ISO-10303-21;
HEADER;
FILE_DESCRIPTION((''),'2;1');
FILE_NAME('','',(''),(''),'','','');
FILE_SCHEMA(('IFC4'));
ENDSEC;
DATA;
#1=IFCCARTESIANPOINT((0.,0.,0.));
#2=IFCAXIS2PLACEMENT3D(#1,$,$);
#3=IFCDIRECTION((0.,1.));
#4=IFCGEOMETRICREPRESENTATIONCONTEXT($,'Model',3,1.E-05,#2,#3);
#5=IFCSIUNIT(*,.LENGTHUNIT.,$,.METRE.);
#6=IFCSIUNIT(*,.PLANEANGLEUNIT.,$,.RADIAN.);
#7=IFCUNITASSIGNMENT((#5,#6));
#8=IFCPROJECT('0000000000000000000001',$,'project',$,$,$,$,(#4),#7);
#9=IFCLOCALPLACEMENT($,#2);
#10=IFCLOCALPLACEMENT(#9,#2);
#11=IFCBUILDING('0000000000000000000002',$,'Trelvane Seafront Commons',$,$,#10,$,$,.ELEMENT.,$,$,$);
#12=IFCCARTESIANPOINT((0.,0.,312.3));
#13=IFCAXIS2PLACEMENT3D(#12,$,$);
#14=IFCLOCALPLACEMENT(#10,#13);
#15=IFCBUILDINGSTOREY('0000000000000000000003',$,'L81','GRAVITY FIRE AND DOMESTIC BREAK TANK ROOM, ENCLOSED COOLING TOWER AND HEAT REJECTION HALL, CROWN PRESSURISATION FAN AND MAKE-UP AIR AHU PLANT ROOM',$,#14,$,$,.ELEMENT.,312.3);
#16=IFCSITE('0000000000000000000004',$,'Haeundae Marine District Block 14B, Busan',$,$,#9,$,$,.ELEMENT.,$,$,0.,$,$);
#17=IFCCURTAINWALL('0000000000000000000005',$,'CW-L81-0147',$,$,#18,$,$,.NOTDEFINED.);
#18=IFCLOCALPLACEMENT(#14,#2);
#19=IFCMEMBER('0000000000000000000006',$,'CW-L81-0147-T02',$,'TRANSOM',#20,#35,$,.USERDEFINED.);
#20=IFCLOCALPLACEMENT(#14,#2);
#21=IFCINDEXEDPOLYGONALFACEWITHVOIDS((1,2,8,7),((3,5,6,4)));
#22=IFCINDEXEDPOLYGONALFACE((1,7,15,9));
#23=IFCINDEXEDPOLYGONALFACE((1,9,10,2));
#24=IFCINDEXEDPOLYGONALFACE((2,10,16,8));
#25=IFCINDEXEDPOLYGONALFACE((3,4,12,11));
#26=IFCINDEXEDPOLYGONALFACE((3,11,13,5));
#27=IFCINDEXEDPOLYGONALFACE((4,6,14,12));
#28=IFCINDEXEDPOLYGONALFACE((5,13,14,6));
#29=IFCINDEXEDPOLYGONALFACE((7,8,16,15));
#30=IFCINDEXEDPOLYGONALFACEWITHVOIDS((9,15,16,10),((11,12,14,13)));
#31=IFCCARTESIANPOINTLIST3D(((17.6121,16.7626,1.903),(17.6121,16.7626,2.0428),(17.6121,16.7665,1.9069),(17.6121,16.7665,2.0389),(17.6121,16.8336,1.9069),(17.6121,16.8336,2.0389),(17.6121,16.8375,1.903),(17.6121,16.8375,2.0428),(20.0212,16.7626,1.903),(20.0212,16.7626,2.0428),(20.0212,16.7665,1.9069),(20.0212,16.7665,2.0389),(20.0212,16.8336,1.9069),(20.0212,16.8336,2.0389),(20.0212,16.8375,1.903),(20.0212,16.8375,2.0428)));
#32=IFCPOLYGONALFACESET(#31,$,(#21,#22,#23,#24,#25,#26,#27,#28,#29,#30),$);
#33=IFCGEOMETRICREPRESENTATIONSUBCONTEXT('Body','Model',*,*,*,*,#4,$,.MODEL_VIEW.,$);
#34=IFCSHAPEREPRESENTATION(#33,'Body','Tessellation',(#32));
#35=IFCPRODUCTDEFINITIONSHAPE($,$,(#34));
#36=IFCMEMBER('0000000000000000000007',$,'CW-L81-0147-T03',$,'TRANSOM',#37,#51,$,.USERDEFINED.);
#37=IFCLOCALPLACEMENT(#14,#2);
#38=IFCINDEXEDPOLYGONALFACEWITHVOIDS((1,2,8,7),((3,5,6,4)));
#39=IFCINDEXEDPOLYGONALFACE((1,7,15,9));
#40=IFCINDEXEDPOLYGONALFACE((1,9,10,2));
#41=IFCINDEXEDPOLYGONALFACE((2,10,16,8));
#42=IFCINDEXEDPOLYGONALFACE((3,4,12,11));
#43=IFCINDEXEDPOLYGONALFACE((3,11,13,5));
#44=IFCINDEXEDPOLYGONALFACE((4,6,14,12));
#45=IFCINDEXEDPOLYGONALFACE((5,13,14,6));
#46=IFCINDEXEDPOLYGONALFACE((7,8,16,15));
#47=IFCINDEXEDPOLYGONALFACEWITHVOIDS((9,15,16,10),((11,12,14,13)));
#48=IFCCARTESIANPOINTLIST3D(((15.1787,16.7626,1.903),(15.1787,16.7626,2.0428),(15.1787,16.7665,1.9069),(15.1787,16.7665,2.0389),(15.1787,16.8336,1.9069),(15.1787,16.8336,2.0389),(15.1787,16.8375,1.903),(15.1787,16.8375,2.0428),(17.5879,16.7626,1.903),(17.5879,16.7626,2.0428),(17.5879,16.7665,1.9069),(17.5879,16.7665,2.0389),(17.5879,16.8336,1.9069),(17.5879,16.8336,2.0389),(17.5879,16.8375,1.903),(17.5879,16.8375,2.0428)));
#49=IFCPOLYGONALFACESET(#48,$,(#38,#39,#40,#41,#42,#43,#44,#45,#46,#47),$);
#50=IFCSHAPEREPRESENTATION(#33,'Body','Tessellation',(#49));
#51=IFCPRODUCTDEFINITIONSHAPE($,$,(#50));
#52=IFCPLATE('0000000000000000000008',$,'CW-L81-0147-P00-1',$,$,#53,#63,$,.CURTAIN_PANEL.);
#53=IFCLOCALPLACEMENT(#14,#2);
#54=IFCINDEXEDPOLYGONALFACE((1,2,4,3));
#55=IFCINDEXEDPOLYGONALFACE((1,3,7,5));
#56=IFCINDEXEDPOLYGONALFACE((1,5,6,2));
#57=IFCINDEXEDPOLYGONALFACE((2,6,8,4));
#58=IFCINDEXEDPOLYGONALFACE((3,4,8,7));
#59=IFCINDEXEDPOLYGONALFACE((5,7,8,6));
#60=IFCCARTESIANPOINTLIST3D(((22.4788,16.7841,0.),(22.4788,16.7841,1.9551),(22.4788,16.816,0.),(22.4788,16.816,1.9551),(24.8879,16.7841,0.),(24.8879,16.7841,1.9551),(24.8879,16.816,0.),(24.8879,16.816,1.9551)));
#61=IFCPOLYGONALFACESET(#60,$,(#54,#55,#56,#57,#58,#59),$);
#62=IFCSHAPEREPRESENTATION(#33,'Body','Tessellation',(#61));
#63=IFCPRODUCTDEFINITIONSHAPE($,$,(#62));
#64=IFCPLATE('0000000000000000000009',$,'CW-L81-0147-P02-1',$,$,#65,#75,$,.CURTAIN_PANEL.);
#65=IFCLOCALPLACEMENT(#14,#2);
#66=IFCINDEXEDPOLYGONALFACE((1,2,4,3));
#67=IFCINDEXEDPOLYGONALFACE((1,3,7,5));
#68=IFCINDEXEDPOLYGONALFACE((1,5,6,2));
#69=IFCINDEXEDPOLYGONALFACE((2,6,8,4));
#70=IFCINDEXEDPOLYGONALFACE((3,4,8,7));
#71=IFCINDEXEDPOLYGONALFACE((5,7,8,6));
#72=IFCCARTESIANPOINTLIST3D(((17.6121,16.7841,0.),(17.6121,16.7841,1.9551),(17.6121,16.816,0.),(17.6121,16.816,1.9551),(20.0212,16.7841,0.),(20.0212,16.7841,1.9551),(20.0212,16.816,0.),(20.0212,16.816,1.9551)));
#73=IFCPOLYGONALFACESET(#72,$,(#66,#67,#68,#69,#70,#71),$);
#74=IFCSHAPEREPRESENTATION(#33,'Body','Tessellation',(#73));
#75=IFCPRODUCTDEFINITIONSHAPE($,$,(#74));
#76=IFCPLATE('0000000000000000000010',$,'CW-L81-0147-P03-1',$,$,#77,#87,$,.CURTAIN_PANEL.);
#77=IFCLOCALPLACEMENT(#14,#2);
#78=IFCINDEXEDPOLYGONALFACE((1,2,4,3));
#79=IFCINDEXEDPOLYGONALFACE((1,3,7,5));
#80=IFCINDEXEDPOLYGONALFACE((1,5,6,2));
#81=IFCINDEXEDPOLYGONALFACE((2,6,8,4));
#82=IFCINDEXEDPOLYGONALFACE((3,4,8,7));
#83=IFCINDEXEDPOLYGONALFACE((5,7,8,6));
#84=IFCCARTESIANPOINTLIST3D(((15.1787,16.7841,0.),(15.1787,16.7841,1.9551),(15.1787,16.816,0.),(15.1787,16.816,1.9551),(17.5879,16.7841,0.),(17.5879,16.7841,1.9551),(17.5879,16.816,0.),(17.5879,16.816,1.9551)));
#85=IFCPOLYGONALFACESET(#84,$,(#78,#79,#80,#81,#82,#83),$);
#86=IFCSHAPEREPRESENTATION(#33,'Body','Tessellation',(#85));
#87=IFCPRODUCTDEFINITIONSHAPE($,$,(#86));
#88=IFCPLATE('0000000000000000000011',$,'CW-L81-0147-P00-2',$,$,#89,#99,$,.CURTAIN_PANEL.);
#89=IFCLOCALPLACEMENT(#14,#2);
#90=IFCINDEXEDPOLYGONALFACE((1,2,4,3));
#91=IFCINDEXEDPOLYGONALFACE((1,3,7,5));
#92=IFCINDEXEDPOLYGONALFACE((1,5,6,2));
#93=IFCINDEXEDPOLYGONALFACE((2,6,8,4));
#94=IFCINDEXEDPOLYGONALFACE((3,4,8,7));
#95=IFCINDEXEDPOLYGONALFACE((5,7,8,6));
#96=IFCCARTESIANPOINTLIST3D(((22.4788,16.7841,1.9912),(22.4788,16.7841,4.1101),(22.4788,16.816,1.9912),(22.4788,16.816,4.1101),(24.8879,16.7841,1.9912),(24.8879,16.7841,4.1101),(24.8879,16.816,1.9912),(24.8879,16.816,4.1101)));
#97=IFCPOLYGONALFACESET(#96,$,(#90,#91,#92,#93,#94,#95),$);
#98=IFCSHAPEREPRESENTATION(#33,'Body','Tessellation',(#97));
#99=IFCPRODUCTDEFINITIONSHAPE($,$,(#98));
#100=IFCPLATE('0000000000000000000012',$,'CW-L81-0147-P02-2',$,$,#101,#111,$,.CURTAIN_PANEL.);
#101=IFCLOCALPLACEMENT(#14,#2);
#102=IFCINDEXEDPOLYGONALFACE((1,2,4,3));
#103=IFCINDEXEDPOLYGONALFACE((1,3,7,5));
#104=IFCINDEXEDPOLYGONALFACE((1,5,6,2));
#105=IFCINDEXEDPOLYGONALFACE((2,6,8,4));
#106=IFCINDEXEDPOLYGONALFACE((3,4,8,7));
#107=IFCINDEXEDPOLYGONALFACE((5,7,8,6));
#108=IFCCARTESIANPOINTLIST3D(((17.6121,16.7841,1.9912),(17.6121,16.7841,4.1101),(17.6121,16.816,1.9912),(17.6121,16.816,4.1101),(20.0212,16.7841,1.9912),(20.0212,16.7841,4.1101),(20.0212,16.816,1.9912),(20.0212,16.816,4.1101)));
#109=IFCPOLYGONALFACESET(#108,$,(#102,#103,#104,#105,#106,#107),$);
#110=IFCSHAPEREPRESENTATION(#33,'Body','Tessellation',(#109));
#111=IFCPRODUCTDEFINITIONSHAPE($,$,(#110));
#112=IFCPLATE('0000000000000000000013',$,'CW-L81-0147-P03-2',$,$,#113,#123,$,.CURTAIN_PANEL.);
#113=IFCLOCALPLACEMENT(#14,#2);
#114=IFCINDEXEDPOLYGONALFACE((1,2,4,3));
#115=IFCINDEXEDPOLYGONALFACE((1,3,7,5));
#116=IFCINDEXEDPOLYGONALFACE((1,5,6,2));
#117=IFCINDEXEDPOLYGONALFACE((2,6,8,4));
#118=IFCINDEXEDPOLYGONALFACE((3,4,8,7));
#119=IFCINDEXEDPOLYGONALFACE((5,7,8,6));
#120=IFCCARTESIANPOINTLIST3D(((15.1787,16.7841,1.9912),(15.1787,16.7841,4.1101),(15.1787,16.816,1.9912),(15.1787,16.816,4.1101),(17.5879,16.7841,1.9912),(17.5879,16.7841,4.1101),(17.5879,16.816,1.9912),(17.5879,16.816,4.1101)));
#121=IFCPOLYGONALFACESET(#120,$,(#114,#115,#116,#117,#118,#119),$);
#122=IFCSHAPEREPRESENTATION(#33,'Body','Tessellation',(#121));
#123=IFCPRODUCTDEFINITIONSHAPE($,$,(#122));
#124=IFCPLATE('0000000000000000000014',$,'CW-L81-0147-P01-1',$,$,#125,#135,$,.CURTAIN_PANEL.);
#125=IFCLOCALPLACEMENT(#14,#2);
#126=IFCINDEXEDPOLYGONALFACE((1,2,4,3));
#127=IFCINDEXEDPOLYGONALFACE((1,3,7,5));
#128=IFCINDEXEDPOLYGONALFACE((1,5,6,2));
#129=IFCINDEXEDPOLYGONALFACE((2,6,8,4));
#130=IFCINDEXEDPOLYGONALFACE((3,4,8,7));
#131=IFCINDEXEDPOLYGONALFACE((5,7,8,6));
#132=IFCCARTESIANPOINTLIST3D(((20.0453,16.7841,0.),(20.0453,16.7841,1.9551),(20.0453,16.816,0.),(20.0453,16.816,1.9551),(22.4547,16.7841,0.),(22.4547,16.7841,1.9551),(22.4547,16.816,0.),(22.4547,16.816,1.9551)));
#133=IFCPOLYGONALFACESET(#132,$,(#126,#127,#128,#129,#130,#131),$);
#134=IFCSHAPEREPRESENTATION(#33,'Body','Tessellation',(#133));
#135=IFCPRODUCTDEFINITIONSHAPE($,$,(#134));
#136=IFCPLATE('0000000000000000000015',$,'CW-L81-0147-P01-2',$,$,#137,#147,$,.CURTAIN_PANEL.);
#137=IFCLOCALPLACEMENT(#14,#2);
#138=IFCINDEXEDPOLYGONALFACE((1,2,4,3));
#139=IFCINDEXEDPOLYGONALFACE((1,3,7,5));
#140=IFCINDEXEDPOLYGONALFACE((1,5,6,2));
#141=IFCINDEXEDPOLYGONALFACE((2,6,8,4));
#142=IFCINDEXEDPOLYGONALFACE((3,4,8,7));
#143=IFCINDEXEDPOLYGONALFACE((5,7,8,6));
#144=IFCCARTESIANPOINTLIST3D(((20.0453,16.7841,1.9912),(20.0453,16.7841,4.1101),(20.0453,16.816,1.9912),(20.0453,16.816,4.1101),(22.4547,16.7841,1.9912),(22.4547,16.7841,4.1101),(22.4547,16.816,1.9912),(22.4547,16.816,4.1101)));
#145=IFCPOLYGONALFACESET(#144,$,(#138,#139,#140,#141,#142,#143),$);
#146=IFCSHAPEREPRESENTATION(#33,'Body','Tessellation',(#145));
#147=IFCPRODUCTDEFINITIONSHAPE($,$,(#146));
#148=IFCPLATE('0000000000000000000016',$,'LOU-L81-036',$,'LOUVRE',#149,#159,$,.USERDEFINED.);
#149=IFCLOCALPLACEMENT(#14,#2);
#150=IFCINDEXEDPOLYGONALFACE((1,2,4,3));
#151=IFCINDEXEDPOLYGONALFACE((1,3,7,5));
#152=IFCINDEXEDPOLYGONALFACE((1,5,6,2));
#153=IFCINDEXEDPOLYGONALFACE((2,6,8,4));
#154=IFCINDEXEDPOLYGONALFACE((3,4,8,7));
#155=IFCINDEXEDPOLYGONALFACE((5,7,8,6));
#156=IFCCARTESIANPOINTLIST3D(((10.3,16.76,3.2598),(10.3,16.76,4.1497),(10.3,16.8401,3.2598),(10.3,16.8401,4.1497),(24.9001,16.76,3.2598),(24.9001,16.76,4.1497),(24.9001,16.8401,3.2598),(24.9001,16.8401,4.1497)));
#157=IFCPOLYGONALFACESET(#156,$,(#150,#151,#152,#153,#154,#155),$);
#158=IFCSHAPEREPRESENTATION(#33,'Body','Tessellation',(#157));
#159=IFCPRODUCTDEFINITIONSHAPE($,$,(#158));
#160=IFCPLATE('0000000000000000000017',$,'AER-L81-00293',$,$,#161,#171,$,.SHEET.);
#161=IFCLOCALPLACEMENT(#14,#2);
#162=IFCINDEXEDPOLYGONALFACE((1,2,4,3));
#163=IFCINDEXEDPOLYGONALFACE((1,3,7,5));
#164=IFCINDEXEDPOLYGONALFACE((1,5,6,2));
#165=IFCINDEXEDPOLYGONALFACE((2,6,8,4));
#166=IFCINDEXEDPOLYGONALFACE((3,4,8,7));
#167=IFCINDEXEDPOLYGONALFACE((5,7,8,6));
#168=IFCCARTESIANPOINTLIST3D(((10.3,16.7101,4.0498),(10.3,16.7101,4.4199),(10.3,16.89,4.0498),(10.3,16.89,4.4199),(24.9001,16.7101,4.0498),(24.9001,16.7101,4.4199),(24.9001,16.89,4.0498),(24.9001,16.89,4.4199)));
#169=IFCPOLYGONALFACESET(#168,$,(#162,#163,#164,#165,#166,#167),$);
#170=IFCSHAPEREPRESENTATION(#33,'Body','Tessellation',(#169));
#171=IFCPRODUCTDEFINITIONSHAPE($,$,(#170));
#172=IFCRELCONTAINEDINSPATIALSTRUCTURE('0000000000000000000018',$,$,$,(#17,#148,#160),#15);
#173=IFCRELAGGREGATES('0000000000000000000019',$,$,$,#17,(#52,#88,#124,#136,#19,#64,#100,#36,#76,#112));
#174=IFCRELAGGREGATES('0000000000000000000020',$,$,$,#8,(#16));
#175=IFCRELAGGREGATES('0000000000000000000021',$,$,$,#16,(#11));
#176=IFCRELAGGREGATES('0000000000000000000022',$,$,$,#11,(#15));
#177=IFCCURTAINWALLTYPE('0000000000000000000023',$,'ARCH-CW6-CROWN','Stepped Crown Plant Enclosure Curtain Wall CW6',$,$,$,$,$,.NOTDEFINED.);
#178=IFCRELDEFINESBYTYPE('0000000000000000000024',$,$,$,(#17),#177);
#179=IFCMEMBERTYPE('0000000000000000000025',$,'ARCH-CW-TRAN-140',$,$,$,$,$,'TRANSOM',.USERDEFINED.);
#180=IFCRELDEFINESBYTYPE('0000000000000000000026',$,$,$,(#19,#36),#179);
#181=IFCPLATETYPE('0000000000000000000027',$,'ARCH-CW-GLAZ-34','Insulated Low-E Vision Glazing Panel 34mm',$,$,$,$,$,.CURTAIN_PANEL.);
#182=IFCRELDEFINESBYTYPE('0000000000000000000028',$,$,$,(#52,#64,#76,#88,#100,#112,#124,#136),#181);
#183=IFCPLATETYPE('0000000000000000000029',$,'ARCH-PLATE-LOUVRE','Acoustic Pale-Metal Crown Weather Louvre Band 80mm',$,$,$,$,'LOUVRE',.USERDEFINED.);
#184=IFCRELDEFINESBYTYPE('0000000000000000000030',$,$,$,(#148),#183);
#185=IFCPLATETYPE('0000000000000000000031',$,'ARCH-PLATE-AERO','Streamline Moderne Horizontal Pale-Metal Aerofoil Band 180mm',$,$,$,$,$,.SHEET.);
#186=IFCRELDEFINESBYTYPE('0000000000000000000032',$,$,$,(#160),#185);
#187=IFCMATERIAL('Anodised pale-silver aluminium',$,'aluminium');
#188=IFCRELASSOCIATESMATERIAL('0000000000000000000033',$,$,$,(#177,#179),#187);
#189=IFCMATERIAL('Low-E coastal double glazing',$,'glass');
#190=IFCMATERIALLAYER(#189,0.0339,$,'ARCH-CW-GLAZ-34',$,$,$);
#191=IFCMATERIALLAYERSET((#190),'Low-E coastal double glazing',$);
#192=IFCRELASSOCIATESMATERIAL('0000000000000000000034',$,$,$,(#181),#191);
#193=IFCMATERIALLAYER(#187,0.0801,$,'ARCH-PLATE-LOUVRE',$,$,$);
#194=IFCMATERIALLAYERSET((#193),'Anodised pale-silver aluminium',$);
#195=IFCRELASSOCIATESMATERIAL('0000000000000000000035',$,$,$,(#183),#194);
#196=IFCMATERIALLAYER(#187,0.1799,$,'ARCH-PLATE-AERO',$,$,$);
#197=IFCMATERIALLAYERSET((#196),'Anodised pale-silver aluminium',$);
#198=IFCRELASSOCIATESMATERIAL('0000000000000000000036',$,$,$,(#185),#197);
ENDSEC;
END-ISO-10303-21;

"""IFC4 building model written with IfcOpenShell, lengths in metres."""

from ifc_helpers import new_model, si_unit, direction, frame, origin, origin_2d, place, context, subcontext, project, spatial, rectangle, hollow_rectangle, extrude, source, transform, mapped, material, layer, layer_set, material_profile, profile_set, type_object, element, aggregate, save


model = new_model("IFC4")

# Units and contexts
model_context = context("Model", 3, precision=1e-05, world=origin(), true_north=direction((0.0, 1.0)))
body_context = subcontext(model_context, "Body", "Model", "MODEL_VIEW")
ifc_project = project(units=[si_unit("LENGTHUNIT", "METRE"), si_unit("PLANEANGLEUNIT", "RADIAN")], contexts=[model_context])

# Site, building, storey
site_placement = place(None, origin())
site = spatial("IfcSite", under=ifc_project, at=site_placement, Name="Haeundae Marine District Block 14B, Busan", CompositionType="ELEMENT", RefElevation=0.0)
building_placement = place(site_placement, origin())
building = spatial("IfcBuilding", under=site, at=building_placement, Name="Trelvane Seafront Commons", CompositionType="ELEMENT")
storey_placement = place(building_placement, frame((0.0, 0.0, 312.3)))
storey = spatial("IfcBuildingStorey", under=building, at=storey_placement, Name="L81", Description="GRAVITY FIRE AND DOMESTIC BREAK TANK ROOM, ENCLOSED COOLING TOWER AND HEAT REJECTION HALL, CROWN PRESSURISATION FAN AND MAKE-UP AIR AHU PLANT ROOM", CompositionType="ELEMENT", Elevation=312.3)

# Curtain wall, members, plates
ifc_material_1 = material(Name="Anodised pale-silver aluminium", Category="aluminium")
curtain_wall_type = type_object("IfcCurtainWallType", Name="ARCH-CW6-CROWN", Description="Stepped Crown Plant Enclosure Curtain Wall CW6", PredefinedType="NOTDEFINED", material=ifc_material_1)
curtain_wall_placement = place(storey_placement, origin())
curtain_wall = element("IfcCurtainWall", 1, at=curtain_wall_placement, inside=storey, type_object=curtain_wall_type, Name="CW-L81-0147", PredefinedType="NOTDEFINED")
ifc_material_profile_1 = material_profile(ifc_material_1, hollow_rectangle(XDim=0.075, YDim=0.1399, WallThickness=0.0039, at=origin_2d()), Name="TRAN-75x140x4")
ifc_profile_set_1 = profile_set([ifc_material_profile_1], Name="Anodised pale-silver aluminium")
member_type_1 = type_object("IfcMemberType", Name="ARCH-CW-TRAN-140", ElementType="TRANSOM", PredefinedType="USERDEFINED", material=ifc_profile_set_1)
shared_shape_1 = source(origin(), body_context, "Body", "SweptSolid", [
    extrude(hollow_rectangle(XDim=0.075, YDim=0.1399, WallThickness=0.0039, at=origin_2d()), origin(), (0.0, 0.0, 1.0), 2.4092),
])
member_1_placement = place(storey_placement, frame((20.0212, 16.8, 1.9729), z_axis=(-1.0, 0.0, 0.0), x_axis=(0.0, -1.0, 0.0)))
member_1 = element("IfcMember", 2, at=member_1_placement, type_object=member_type_1, Name="CW-L81-0147-T02", ObjectType="TRANSOM", PredefinedType="USERDEFINED", context=body_context, shape_type="MappedRepresentation", body=[
    mapped(shared_shape_1, transform((0.0, 0.0, 0.0), x_axis=(1.0, 0.0, 0.0), y_axis=(0.0, 1.0, 0.0), z_axis=(0.0, 0.0, 1.0), scale=1.0)),
])
member_2_placement = place(storey_placement, frame((17.5879, 16.8, 1.9729), z_axis=(-1.0, 0.0, 0.0), x_axis=(0.0, -1.0, 0.0)))
member_2 = element("IfcMember", 3, at=member_2_placement, type_object=member_type_1, Name="CW-L81-0147-T03", ObjectType="TRANSOM", PredefinedType="USERDEFINED", context=body_context, shape_type="MappedRepresentation", body=[
    mapped(shared_shape_1, transform((0.0, 0.0, 0.0), x_axis=(1.0, 0.0, 0.0), y_axis=(0.0, 1.0, 0.0), z_axis=(0.0, 0.0, 1.0), scale=1.0)),
])
ifc_material_2 = material(Name="Low-E coastal double glazing", Category="glass")
ifc_layer_1 = layer(ifc_material_2, 0.0339, Name="ARCH-CW-GLAZ-34")
ifc_layer_set_1 = layer_set([ifc_layer_1], Name="Low-E coastal double glazing")
plate_type_1 = type_object("IfcPlateType", Name="ARCH-CW-GLAZ-34", Description="Insulated Low-E Vision Glazing Panel 34mm", PredefinedType="CURTAIN_PANEL", material=ifc_layer_set_1)
shared_shape_2 = source(origin(), body_context, "Body", "SweptSolid", [
    extrude(rectangle(XDim=2.4092, YDim=0.032, at=origin_2d()), origin(), (0.0, 0.0, 1.0), 1.9551),
])
plate_1_placement = place(storey_placement, frame((23.6833, 16.8, 0.0), z_axis=(0.0, 0.0, 1.0), x_axis=(-1.0, 0.0, 0.0)))
plate_1 = element("IfcPlate", 4, at=plate_1_placement, type_object=plate_type_1, Name="CW-L81-0147-P00-1", PredefinedType="CURTAIN_PANEL", context=body_context, shape_type="MappedRepresentation", body=[
    mapped(shared_shape_2, transform((0.0, 0.0, 0.0), x_axis=(1.0, 0.0, 0.0), y_axis=(0.0, 1.0, 0.0), z_axis=(0.0, 0.0, 1.0), scale=1.0)),
])
plate_2_placement = place(storey_placement, frame((18.8167, 16.8, 0.0), z_axis=(0.0, 0.0, 1.0), x_axis=(-1.0, 0.0, 0.0)))
plate_2 = element("IfcPlate", 5, at=plate_2_placement, type_object=plate_type_1, Name="CW-L81-0147-P02-1", PredefinedType="CURTAIN_PANEL", context=body_context, shape_type="MappedRepresentation", body=[
    mapped(shared_shape_2, transform((0.0, 0.0, 0.0), x_axis=(1.0, 0.0, 0.0), y_axis=(0.0, 1.0, 0.0), z_axis=(0.0, 0.0, 1.0), scale=1.0)),
])
plate_3_placement = place(storey_placement, frame((16.3833, 16.8, 0.0), z_axis=(0.0, 0.0, 1.0), x_axis=(-1.0, 0.0, 0.0)))
plate_3 = element("IfcPlate", 6, at=plate_3_placement, type_object=plate_type_1, Name="CW-L81-0147-P03-1", PredefinedType="CURTAIN_PANEL", context=body_context, shape_type="MappedRepresentation", body=[
    mapped(shared_shape_2, transform((0.0, 0.0, 0.0), x_axis=(1.0, 0.0, 0.0), y_axis=(0.0, 1.0, 0.0), z_axis=(0.0, 0.0, 1.0), scale=1.0)),
])
shared_shape_3 = source(origin(), body_context, "Body", "SweptSolid", [
    extrude(rectangle(XDim=2.4092, YDim=0.032, at=origin_2d()), origin(), (0.0, 0.0, 1.0), 2.1189),
])
plate_4_placement = place(storey_placement, frame((23.6833, 16.8, 1.9912), z_axis=(0.0, 0.0, 1.0), x_axis=(-1.0, 0.0, 0.0)))
plate_4 = element("IfcPlate", 7, at=plate_4_placement, type_object=plate_type_1, Name="CW-L81-0147-P00-2", PredefinedType="CURTAIN_PANEL", context=body_context, shape_type="MappedRepresentation", body=[
    mapped(shared_shape_3, transform((0.0, 0.0, 0.0), x_axis=(1.0, 0.0, 0.0), y_axis=(0.0, 1.0, 0.0), z_axis=(0.0, 0.0, 1.0), scale=1.0)),
])
plate_5_placement = place(storey_placement, frame((18.8167, 16.8, 1.9912), z_axis=(0.0, 0.0, 1.0), x_axis=(-1.0, 0.0, 0.0)))
plate_5 = element("IfcPlate", 8, at=plate_5_placement, type_object=plate_type_1, Name="CW-L81-0147-P02-2", PredefinedType="CURTAIN_PANEL", context=body_context, shape_type="MappedRepresentation", body=[
    mapped(shared_shape_3, transform((0.0, 0.0, 0.0), x_axis=(1.0, 0.0, 0.0), y_axis=(0.0, 1.0, 0.0), z_axis=(0.0, 0.0, 1.0), scale=1.0)),
])
plate_6_placement = place(storey_placement, frame((16.3833, 16.8, 1.9912), z_axis=(0.0, 0.0, 1.0), x_axis=(-1.0, 0.0, 0.0)))
plate_6 = element("IfcPlate", 9, at=plate_6_placement, type_object=plate_type_1, Name="CW-L81-0147-P03-2", PredefinedType="CURTAIN_PANEL", context=body_context, shape_type="MappedRepresentation", body=[
    mapped(shared_shape_3, transform((0.0, 0.0, 0.0), x_axis=(1.0, 0.0, 0.0), y_axis=(0.0, 1.0, 0.0), z_axis=(0.0, 0.0, 1.0), scale=1.0)),
])
shared_shape_4 = source(origin(), body_context, "Body", "SweptSolid", [
    extrude(rectangle(XDim=2.4094, YDim=0.032, at=origin_2d()), origin(), (0.0, 0.0, 1.0), 1.9551),
])
plate_7_placement = place(storey_placement, frame((21.25, 16.8, 0.0), z_axis=(0.0, 0.0, 1.0), x_axis=(-1.0, 0.0, 0.0)))
plate_7 = element("IfcPlate", 10, at=plate_7_placement, type_object=plate_type_1, Name="CW-L81-0147-P01-1", PredefinedType="CURTAIN_PANEL", context=body_context, shape_type="MappedRepresentation", body=[
    mapped(shared_shape_4, transform((0.0, 0.0, 0.0), x_axis=(1.0, 0.0, 0.0), y_axis=(0.0, 1.0, 0.0), z_axis=(0.0, 0.0, 1.0), scale=1.0)),
])
shared_shape_5 = source(origin(), body_context, "Body", "SweptSolid", [
    extrude(rectangle(XDim=2.4094, YDim=0.032, at=origin_2d()), origin(), (0.0, 0.0, 1.0), 2.1189),
])
plate_8_placement = place(storey_placement, frame((21.25, 16.8, 1.9912), z_axis=(0.0, 0.0, 1.0), x_axis=(-1.0, 0.0, 0.0)))
plate_8 = element("IfcPlate", 11, at=plate_8_placement, type_object=plate_type_1, Name="CW-L81-0147-P01-2", PredefinedType="CURTAIN_PANEL", context=body_context, shape_type="MappedRepresentation", body=[
    mapped(shared_shape_5, transform((0.0, 0.0, 0.0), x_axis=(1.0, 0.0, 0.0), y_axis=(0.0, 1.0, 0.0), z_axis=(0.0, 0.0, 1.0), scale=1.0)),
])
aggregate(curtain_wall, [plate_1, plate_4, plate_7, plate_8, member_1, plate_2, plate_5, member_2, plate_3, plate_6])

# Plates
ifc_layer_2 = layer(ifc_material_1, 0.0801, Name="ARCH-PLATE-LOUVRE")
ifc_layer_set_2 = layer_set([ifc_layer_2], Name="Anodised pale-silver aluminium")
plate_type_2 = type_object("IfcPlateType", Name="ARCH-PLATE-LOUVRE", Description="Acoustic Pale-Metal Crown Weather Louvre Band 80mm", ElementType="LOUVRE", PredefinedType="USERDEFINED", material=ifc_layer_set_2)
shared_shape_6 = source(origin(), body_context, "Body", "SweptSolid", [
    extrude(rectangle(XDim=14.6001, YDim=0.0801, at=origin_2d()), origin(), (0.0, 0.0, 1.0), 0.8899),
])
plate_9_placement = place(storey_placement, frame((17.6001, 16.8, 3.2598), z_axis=(0.0, 0.0, 1.0), x_axis=(-1.0, 0.0, 0.0)))
element("IfcPlate", 12, at=plate_9_placement, inside=storey, type_object=plate_type_2, Name="LOU-L81-036", ObjectType="LOUVRE", PredefinedType="USERDEFINED", context=body_context, shape_type="MappedRepresentation", body=[
    mapped(shared_shape_6, transform((0.0, 0.0, 0.0), x_axis=(1.0, 0.0, 0.0), y_axis=(0.0, 1.0, 0.0), z_axis=(0.0, 0.0, 1.0), scale=1.0)),
])
ifc_layer_3 = layer(ifc_material_1, 0.1799, Name="ARCH-PLATE-AERO")
ifc_layer_set_3 = layer_set([ifc_layer_3], Name="Anodised pale-silver aluminium")
plate_type_3 = type_object("IfcPlateType", Name="ARCH-PLATE-AERO", Description="Streamline Moderne Horizontal Pale-Metal Aerofoil Band 180mm", PredefinedType="SHEET", material=ifc_layer_set_3)
shared_shape_7 = source(origin(), body_context, "Body", "SweptSolid", [
    extrude(rectangle(XDim=14.6001, YDim=0.1799, at=origin_2d()), origin(), (0.0, 0.0, 1.0), 0.3701),
])
plate_10_placement = place(storey_placement, frame((17.6001, 16.8, 4.0498), z_axis=(0.0, 0.0, 1.0), x_axis=(-1.0, 0.0, 0.0)))
element("IfcPlate", 13, at=plate_10_placement, inside=storey, type_object=plate_type_3, Name="AER-L81-00293", PredefinedType="SHEET", context=body_context, shape_type="MappedRepresentation", body=[
    mapped(shared_shape_7, transform((0.0, 0.0, 0.0), x_axis=(1.0, 0.0, 0.0), y_axis=(0.0, 1.0, 0.0), z_axis=(0.0, 0.0, 1.0), scale=1.0)),
])

save(model, "model.ifc")
